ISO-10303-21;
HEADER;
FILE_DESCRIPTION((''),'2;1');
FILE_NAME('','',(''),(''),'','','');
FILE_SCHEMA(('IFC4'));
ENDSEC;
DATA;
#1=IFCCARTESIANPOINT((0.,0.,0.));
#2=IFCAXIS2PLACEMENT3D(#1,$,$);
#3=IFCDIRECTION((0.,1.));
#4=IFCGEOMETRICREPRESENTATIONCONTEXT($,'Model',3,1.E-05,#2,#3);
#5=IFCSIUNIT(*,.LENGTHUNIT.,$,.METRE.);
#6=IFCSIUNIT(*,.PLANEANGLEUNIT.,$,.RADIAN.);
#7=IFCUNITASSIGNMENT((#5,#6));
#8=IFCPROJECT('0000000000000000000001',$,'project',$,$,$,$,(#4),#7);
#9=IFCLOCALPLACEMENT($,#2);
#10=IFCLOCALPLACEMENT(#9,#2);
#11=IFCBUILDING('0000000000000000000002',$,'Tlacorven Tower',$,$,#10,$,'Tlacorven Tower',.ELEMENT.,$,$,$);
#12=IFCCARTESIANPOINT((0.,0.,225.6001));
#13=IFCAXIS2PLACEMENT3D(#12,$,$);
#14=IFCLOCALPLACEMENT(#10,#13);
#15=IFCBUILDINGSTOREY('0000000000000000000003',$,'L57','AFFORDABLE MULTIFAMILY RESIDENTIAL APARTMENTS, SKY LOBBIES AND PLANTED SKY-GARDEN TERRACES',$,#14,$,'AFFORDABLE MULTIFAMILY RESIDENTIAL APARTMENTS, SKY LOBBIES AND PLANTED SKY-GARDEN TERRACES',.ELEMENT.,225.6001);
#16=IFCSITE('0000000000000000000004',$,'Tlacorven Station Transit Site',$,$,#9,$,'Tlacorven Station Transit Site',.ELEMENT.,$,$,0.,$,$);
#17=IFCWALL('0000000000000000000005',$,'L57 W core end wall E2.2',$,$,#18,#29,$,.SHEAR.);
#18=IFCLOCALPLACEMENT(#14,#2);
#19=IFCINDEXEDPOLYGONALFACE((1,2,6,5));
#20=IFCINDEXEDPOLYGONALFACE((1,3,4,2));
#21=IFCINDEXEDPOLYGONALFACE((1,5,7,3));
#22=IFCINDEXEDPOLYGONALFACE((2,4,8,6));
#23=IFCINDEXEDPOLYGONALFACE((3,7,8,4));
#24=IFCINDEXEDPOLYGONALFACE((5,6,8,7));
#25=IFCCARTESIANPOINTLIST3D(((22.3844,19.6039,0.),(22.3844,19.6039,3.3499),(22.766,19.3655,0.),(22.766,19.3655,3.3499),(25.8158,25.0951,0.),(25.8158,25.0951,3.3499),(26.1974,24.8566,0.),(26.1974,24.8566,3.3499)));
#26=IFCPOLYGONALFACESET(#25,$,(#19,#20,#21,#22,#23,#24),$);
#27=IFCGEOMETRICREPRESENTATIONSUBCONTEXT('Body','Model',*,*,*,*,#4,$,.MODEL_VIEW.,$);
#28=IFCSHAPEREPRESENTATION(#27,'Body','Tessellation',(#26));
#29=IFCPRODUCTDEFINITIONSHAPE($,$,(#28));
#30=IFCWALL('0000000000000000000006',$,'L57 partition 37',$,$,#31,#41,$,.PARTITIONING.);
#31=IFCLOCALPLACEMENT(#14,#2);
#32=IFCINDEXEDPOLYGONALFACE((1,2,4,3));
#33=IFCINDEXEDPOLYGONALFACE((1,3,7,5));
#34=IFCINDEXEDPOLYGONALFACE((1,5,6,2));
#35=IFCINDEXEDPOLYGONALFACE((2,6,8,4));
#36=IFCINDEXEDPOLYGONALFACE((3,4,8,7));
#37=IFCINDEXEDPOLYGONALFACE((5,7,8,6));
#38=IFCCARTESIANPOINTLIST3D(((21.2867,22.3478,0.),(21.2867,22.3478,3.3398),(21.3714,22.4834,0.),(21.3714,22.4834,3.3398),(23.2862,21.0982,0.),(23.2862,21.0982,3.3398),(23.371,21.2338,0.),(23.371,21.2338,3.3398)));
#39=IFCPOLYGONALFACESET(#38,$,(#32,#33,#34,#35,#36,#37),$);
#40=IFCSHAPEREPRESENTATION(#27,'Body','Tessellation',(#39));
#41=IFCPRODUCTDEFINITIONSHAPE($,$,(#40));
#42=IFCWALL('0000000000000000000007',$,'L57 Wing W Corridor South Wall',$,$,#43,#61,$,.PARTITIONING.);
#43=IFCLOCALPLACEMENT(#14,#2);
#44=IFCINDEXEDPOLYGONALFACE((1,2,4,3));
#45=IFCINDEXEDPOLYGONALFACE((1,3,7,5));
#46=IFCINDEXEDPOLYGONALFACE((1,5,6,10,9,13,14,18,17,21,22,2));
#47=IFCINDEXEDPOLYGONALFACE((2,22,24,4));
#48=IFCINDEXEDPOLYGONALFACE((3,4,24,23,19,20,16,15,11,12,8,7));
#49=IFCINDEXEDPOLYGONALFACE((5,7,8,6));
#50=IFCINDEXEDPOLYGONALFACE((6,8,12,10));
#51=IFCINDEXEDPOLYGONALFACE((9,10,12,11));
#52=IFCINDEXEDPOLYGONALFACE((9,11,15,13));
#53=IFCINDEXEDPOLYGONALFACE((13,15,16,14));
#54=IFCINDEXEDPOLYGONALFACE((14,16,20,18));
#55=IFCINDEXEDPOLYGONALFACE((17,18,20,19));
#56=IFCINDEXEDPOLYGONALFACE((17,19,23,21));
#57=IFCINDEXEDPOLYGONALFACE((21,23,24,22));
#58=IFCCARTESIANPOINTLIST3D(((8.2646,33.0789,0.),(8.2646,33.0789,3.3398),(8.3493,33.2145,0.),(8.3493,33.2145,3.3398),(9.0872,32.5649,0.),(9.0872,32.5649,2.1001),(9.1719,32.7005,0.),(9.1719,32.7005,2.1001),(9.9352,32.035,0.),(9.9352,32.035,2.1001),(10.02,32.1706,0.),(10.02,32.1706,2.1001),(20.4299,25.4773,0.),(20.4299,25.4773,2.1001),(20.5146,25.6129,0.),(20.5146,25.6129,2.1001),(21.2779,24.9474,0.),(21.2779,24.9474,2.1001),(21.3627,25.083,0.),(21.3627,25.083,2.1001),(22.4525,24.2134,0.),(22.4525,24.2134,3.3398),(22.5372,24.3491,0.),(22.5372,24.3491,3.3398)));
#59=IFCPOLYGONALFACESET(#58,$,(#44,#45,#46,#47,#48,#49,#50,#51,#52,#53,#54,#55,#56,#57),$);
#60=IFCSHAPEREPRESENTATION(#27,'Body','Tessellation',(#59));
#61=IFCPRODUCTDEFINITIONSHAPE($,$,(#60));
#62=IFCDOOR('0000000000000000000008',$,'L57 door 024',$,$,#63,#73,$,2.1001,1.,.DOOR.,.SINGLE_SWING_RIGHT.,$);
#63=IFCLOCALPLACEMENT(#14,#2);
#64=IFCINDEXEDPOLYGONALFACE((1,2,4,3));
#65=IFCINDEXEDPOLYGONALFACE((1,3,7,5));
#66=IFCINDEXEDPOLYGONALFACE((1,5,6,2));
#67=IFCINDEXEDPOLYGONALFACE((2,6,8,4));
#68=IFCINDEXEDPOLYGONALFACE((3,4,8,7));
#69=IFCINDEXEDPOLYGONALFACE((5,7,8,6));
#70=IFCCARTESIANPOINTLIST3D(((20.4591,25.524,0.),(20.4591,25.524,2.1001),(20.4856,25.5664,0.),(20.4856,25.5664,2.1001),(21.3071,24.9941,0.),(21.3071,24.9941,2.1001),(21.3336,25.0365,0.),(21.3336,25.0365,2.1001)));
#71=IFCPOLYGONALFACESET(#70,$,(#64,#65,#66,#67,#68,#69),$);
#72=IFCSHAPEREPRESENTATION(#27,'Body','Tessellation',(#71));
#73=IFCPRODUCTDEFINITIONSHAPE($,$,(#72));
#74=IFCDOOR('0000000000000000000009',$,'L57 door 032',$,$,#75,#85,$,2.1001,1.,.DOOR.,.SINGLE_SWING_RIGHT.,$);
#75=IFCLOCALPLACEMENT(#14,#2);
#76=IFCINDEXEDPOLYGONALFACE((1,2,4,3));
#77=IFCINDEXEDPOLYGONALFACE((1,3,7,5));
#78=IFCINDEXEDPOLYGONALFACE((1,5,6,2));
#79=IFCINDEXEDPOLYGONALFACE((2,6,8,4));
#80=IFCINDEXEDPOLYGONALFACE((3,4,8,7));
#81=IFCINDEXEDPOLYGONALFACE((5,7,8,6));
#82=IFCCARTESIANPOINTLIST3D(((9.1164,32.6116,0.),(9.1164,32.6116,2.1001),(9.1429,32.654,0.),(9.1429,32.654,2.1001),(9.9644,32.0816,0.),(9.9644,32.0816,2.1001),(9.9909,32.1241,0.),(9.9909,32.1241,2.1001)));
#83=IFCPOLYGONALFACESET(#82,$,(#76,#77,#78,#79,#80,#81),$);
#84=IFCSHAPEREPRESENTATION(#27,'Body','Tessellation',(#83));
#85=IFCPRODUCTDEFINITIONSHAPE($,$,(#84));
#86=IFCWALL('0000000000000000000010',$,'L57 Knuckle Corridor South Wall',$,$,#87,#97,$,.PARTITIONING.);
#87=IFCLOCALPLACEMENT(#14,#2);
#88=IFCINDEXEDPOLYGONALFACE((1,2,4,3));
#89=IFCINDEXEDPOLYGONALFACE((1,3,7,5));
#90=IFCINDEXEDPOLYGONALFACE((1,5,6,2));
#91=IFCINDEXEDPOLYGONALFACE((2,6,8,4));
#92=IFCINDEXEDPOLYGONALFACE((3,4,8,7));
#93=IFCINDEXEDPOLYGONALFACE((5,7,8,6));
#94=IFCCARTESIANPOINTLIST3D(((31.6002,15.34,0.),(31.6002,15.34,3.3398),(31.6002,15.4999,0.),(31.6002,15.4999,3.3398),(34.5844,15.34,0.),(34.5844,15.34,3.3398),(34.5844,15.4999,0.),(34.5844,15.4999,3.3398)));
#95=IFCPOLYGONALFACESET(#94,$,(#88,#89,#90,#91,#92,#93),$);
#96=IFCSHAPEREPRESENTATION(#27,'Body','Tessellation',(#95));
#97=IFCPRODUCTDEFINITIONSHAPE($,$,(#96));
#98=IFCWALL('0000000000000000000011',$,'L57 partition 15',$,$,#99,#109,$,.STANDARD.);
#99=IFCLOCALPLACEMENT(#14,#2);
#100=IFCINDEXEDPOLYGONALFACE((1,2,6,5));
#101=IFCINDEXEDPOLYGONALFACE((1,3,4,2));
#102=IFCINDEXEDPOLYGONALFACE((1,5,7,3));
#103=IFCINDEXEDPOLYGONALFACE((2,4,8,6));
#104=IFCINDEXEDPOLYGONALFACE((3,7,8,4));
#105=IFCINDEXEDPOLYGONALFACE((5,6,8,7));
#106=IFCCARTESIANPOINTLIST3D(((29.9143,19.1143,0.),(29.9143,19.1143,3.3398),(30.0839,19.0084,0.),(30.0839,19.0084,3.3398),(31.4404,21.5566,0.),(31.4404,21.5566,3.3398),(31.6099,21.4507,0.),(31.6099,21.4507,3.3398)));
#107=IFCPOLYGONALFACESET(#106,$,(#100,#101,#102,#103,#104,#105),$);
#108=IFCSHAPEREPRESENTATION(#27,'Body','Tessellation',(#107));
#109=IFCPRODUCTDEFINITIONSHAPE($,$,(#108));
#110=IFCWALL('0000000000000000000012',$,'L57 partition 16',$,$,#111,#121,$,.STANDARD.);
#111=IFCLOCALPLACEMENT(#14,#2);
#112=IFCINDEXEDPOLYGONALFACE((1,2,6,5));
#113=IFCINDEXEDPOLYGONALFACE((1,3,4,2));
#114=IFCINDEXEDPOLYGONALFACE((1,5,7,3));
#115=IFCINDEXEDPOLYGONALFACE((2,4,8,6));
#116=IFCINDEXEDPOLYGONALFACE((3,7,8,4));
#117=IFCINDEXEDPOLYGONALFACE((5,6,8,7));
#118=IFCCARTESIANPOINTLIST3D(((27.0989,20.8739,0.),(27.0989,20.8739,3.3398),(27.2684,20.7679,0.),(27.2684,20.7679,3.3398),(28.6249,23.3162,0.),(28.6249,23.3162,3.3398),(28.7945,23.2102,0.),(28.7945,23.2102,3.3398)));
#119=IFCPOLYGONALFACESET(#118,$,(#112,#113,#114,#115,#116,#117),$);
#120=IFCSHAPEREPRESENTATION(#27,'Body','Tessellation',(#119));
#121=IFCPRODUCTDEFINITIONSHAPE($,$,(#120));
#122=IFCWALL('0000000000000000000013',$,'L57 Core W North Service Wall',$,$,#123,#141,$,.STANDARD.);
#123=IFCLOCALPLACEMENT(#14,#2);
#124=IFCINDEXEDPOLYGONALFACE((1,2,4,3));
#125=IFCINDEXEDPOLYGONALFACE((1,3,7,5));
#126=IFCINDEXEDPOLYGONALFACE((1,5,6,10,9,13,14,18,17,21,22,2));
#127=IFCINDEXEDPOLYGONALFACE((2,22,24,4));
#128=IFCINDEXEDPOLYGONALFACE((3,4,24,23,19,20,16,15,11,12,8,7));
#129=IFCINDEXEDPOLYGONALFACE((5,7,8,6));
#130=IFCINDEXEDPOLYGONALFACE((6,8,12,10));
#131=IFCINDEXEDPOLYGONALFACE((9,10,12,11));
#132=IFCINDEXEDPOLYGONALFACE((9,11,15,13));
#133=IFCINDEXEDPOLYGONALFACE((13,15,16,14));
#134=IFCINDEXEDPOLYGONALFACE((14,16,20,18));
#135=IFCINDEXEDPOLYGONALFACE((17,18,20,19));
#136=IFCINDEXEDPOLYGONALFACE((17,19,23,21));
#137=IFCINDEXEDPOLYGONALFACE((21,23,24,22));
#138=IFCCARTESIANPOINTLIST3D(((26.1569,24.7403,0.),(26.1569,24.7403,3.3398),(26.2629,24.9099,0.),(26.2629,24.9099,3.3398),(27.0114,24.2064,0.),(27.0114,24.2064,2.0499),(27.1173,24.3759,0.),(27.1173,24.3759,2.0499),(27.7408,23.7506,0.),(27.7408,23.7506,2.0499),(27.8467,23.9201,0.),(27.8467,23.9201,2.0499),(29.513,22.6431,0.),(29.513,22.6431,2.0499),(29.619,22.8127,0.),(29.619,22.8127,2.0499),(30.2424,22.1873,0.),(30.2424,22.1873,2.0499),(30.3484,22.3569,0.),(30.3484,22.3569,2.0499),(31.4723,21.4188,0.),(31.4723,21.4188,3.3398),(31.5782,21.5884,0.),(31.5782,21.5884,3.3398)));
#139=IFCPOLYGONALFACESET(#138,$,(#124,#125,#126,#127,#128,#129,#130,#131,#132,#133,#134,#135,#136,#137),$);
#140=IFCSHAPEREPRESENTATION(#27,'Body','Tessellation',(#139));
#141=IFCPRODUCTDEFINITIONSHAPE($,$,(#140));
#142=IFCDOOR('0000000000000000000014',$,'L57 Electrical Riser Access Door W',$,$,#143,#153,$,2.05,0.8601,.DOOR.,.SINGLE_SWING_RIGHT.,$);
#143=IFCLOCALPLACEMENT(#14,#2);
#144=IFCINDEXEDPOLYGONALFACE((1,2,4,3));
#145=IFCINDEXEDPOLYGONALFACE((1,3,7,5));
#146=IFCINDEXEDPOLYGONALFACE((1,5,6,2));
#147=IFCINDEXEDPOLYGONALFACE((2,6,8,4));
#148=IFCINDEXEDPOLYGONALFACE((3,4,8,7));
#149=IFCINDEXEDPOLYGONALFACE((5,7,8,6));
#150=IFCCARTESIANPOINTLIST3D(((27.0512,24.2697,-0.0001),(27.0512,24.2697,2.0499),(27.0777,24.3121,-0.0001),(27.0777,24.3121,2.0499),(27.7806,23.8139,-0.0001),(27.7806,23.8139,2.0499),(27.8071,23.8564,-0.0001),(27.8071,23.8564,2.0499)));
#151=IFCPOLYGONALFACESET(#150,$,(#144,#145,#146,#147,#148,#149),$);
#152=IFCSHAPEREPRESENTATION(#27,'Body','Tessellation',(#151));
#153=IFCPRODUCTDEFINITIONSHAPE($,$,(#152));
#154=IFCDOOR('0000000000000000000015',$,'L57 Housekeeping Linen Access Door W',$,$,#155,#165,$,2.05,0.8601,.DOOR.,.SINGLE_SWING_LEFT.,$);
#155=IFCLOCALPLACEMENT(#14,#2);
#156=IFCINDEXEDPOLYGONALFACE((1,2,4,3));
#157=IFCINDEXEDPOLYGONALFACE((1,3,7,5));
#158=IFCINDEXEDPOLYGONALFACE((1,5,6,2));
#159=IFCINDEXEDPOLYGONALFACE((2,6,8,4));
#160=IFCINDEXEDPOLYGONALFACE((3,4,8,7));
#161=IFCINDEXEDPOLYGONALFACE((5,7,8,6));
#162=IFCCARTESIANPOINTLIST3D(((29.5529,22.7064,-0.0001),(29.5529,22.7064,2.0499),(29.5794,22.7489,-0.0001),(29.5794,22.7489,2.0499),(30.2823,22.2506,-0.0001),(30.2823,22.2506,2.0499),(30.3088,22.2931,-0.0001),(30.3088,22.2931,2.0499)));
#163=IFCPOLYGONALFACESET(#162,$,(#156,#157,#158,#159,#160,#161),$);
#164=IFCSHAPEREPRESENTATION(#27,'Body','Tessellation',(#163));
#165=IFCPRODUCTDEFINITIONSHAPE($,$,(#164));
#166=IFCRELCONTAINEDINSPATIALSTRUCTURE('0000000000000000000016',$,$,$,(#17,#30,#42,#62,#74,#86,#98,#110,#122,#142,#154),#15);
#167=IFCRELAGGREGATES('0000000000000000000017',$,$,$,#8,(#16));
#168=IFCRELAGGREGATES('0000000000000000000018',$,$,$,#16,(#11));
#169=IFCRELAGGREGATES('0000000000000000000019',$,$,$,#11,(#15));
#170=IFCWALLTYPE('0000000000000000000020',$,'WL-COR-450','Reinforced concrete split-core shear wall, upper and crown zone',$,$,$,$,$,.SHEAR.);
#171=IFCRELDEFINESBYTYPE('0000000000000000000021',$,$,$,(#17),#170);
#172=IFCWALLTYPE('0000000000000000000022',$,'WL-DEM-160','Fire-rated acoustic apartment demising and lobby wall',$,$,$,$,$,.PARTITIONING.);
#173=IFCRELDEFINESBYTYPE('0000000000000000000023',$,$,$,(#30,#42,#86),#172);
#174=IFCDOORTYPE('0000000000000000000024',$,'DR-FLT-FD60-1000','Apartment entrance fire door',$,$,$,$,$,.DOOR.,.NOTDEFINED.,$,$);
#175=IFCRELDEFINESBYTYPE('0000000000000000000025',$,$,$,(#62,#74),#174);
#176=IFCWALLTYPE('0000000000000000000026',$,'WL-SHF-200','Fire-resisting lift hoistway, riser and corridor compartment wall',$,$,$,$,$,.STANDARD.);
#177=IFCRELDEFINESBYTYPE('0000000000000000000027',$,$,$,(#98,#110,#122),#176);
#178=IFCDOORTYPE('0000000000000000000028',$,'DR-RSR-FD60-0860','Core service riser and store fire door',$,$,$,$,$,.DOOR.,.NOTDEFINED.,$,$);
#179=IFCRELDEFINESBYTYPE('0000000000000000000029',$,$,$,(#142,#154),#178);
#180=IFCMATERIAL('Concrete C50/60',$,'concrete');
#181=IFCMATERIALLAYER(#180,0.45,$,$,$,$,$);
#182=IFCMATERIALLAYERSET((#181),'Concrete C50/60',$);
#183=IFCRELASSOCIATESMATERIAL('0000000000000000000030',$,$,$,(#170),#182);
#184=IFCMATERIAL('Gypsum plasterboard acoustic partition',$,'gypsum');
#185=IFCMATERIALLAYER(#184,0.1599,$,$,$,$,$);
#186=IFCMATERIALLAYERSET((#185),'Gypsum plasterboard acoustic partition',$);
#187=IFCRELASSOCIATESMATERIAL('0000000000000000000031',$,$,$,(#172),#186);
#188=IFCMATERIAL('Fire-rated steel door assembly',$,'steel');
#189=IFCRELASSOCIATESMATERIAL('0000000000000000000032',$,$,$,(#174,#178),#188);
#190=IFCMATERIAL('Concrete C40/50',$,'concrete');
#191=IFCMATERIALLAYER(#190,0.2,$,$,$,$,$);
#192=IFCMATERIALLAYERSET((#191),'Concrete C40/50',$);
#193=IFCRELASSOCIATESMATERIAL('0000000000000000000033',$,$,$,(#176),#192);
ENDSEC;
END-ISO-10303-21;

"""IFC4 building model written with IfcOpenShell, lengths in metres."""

from ifc_helpers import new_model, si_unit, direction, frame, frame_2d, origin, place, context, subcontext, project, spatial, rectangle, extrude, source, transform, mapped, material, layer, layer_set, type_object, element, fill, save


model = new_model("IFC4")

# Units and contexts
model_context = context("Model", 3, precision=1e-05, world=origin(), true_north=direction((0.0, 1.0)))
body_context = subcontext(model_context, "Body", "Model", "MODEL_VIEW")
ifc_project = project(units=[si_unit("LENGTHUNIT", "METRE"), si_unit("PLANEANGLEUNIT", "RADIAN")], contexts=[model_context])

# Site, building, storey
site_placement = place(None, origin())
site = spatial("IfcSite", under=ifc_project, at=site_placement, Name="Tlacorven Station Transit Site", LongName="Tlacorven Station Transit Site", CompositionType="ELEMENT", RefElevation=0.0)
building_placement = place(site_placement, origin())
building = spatial("IfcBuilding", under=site, at=building_placement, Name="Tlacorven Tower", LongName="Tlacorven Tower", CompositionType="ELEMENT")
storey_placement = place(building_placement, frame((0.0, 0.0, 225.6001)))
storey = spatial("IfcBuildingStorey", under=building, at=storey_placement, Name="L57", Description="AFFORDABLE MULTIFAMILY RESIDENTIAL APARTMENTS, SKY LOBBIES AND PLANTED SKY-GARDEN TERRACES", LongName="AFFORDABLE MULTIFAMILY RESIDENTIAL APARTMENTS, SKY LOBBIES AND PLANTED SKY-GARDEN TERRACES", CompositionType="ELEMENT", Elevation=225.6001)

# Walls
ifc_material_1 = material(Name="Concrete C50/60", Category="concrete")
ifc_layer_1 = layer(ifc_material_1, 0.45)
ifc_layer_set_1 = layer_set([ifc_layer_1], Name="Concrete C50/60")
wall_type_1 = type_object("IfcWallType", Name="WL-COR-450", Description="Reinforced concrete split-core shear wall, upper and crown zone", PredefinedType="SHEAR", material=ifc_layer_set_1)
wall_1_placement = place(storey_placement, frame((26.0066, 24.9758, 0.0), z_axis=(0.0, 0.0, 1.0), x_axis=(-0.529931, -0.848041, 0.0)))
element("IfcWall", 1, at=wall_1_placement, inside=storey, type_object=wall_type_1, Name="L57 W core end wall E2.2", PredefinedType="SHEAR", context=body_context, shape_type="SweptSolid", body=[
    extrude(rectangle(XDim=6.4751, YDim=0.45, at=frame_2d((3.2375, 0.0))), origin(), (0.0, 0.0, 1.0), 3.3499),
])
ifc_material_2 = material(Name="Gypsum plasterboard acoustic partition", Category="gypsum")
ifc_layer_2 = layer(ifc_material_2, 0.1599)
ifc_layer_set_2 = layer_set([ifc_layer_2], Name="Gypsum plasterboard acoustic partition")
wall_type_2 = type_object("IfcWallType", Name="WL-DEM-160", Description="Fire-rated acoustic apartment demising and lobby wall", PredefinedType="PARTITIONING", material=ifc_layer_set_2)
wall_2_placement = place(storey_placement, frame((23.3286, 21.166, 0.0), z_axis=(0.0, 0.0, 1.0), x_axis=(-0.848033, 0.529943, 0.0)))
element("IfcWall", 2, at=wall_2_placement, inside=storey, type_object=wall_type_2, Name="L57 partition 37", PredefinedType="PARTITIONING", context=body_context, shape_type="SweptSolid", body=[
    extrude(rectangle(XDim=2.3579, YDim=0.1599, at=frame_2d((1.179, 0.0))), origin(), (0.0, 0.0, 1.0), 3.3398),
])

# Wall, openings, doors
wall_3_placement = place(storey_placement, frame((22.4949, 24.2812, 0.0), z_axis=(0.0, 0.0, 1.0), x_axis=(-0.848052, 0.529912, 0.0)))
wall_3 = element("IfcWall", 3, at=wall_3_placement, inside=storey, type_object=wall_type_2, Name="L57 Wing W Corridor South Wall", PredefinedType="PARTITIONING", context=body_context, shape_type="SweptSolid", body=[
    extrude(rectangle(XDim=16.73, YDim=0.1599, at=frame_2d((8.365, 0.0))), origin(), (0.0, 0.0, 1.0), 3.3398),
])
opening_1_placement = place(wall_3_placement, frame((1.385, 0.0, 0.0)))
opening_1 = element("IfcOpeningElement", 4, at=opening_1_placement, cuts=wall_3, PredefinedType="OPENING", context=body_context, shape_type="SweptSolid", body=[
    extrude(rectangle(XDim=1.0, YDim=2.1001, at=frame_2d((0.5, 1.05))), frame((0.0, 0.0898, 0.0), z_axis=(0.0, -1.0, 0.0), x_axis=(1.0, 0.0, 0.0)), (0.0, 0.0, 1.0), 0.1799),
])
opening_2_placement = place(wall_3_placement, frame((14.76, 0.0, 0.0)))
opening_2 = element("IfcOpeningElement", 5, at=opening_2_placement, cuts=wall_3, PredefinedType="OPENING", context=body_context, shape_type="SweptSolid", body=[
    extrude(rectangle(XDim=1.0, YDim=2.1001, at=frame_2d((0.5, 1.05))), frame((0.0, 0.0898, 0.0), z_axis=(0.0, -1.0, 0.0), x_axis=(1.0, 0.0, 0.0)), (0.0, 0.0, 1.0), 0.1799),
])
ifc_material_3 = material(Name="Fire-rated steel door assembly", Category="steel")
door_type_1 = type_object("IfcDoorType", Name="DR-FLT-FD60-1000", Description="Apartment entrance fire door", OperationType="NOTDEFINED", PredefinedType="DOOR", material=ifc_material_3)
shared_shape_1 = source(origin(), body_context, "Body", "SweptSolid", [
    extrude(rectangle(XDim=1.0, YDim=2.1001, at=frame_2d((0.5, 1.05))), frame((0.0, 0.0249, 0.0), z_axis=(0.0, -1.0, 0.0), x_axis=(1.0, 0.0, 0.0)), (0.0, 0.0, 1.0), 0.05),
])
door_1_placement = place(opening_1_placement, origin())
door_1 = element("IfcDoor", 6, at=door_1_placement, inside=storey, type_object=door_type_1, Name="L57 door 024", OperationType="SINGLE_SWING_RIGHT", OverallHeight=2.1001, OverallWidth=1.0, PredefinedType="DOOR", context=body_context, shape_type="MappedRepresentation", body=[
    mapped(shared_shape_1, transform((0.0, 0.0, 0.0), scale=1.0)),
])
fill(opening_1, door_1)
door_2_placement = place(opening_2_placement, origin())
door_2 = element("IfcDoor", 7, at=door_2_placement, inside=storey, type_object=door_type_1, Name="L57 door 032", OperationType="SINGLE_SWING_RIGHT", OverallHeight=2.1001, OverallWidth=1.0, PredefinedType="DOOR", context=body_context, shape_type="MappedRepresentation", body=[
    mapped(shared_shape_1, transform((0.0, 0.0, 0.0), scale=1.0)),
])
fill(opening_2, door_2)

# Walls
wall_4_placement = place(storey_placement, frame((31.6001, 15.4199, 0.0), z_axis=(0.0, 0.0, 1.0), x_axis=(1.0, 0.0, 0.0)))
element("IfcWall", 8, at=wall_4_placement, inside=storey, type_object=wall_type_2, Name="L57 Knuckle Corridor South Wall", PredefinedType="PARTITIONING", context=body_context, shape_type="SweptSolid", body=[
    extrude(rectangle(XDim=2.9841, YDim=0.1599, at=frame_2d((1.4922, 0.0))), origin(), (0.0, 0.0, 1.0), 3.3398),
])
ifc_material_4 = material(Name="Concrete C40/50", Category="concrete")
ifc_layer_3 = layer(ifc_material_4, 0.2)
ifc_layer_set_3 = layer_set([ifc_layer_3], Name="Concrete C40/50")
wall_type_3 = type_object("IfcWallType", Name="WL-SHF-200", Description="Fire-resisting lift hoistway, riser and corridor compartment wall", PredefinedType="STANDARD", material=ifc_layer_set_3)
for number, where, z_axis, x_axis, name in (
    (9, (31.5251, 21.5037, 0.0), (0.0, 0.0, 1.0), (-0.529907, -0.848055, 0.0), "L57 partition 15"),
    (10, (28.7097, 23.2632, 0.0), (0.0, 0.0, 1.0), (-0.529907, -0.848055, 0.0), "L57 partition 16"),
):
    element("IfcWall", number, at=place(storey_placement, frame(where, z_axis=z_axis, x_axis=x_axis)), inside=storey, type_object=wall_type_3, Name=name, PredefinedType="STANDARD", context=body_context, shape_type="SweptSolid", body=[
        extrude(rectangle(XDim=2.8799, YDim=0.2, at=frame_2d((1.4399, 0.0))), origin(), (0.0, 0.0, 1.0), 3.3398),
    ])

# Wall, openings, doors
wall_5_placement = place(storey_placement, frame((31.5251, 21.5037, 0.0), z_axis=(0.0, 0.0, 1.0), x_axis=(-0.848042, 0.529929, 0.0)))
wall_5 = element("IfcWall", 11, at=wall_5_placement, inside=storey, type_object=wall_type_3, Name="L57 Core W North Service Wall", PredefinedType="STANDARD", context=body_context, shape_type="SweptSolid", body=[
    extrude(rectangle(XDim=6.2678, YDim=0.2, at=frame_2d((3.1338, 0.0))), origin(), (0.0, 0.0, 1.0), 3.3398),
])
opening_3_placement = place(wall_5_placement, frame((4.3999, 0.0, 0.0)))
opening_3 = element("IfcOpeningElement", 12, at=opening_3_placement, cuts=wall_5, PredefinedType="OPENING", context=body_context, shape_type="SweptSolid", body=[
    extrude(rectangle(XDim=0.8601, YDim=2.05, at=frame_2d((0.4302, 1.0249))), frame((0.0, 0.1099, 0.0), z_axis=(0.0, -1.0, 0.0), x_axis=(1.0, 0.0, 0.0)), (0.0, 0.0, 1.0), 0.22),
])
opening_4_placement = place(wall_5_placement, frame((1.45, 0.0, 0.0)))
opening_4 = element("IfcOpeningElement", 13, at=opening_4_placement, cuts=wall_5, PredefinedType="OPENING", context=body_context, shape_type="SweptSolid", body=[
    extrude(rectangle(XDim=0.8601, YDim=2.05, at=frame_2d((0.4302, 1.0249))), frame((0.0, 0.1099, 0.0), z_axis=(0.0, -1.0, 0.0), x_axis=(1.0, 0.0, 0.0)), (0.0, 0.0, 1.0), 0.22),
])
door_type_2 = type_object("IfcDoorType", Name="DR-RSR-FD60-0860", Description="Core service riser and store fire door", OperationType="NOTDEFINED", PredefinedType="DOOR", material=ifc_material_3)
shared_shape_2 = source(origin(), body_context, "Body", "SweptSolid", [
    extrude(rectangle(XDim=0.8601, YDim=2.05, at=frame_2d((0.4302, 1.0249))), frame((0.0, 0.0249, 0.0), z_axis=(0.0, -1.0, 0.0), x_axis=(1.0, 0.0, 0.0)), (0.0, 0.0, 1.0), 0.05),
])
door_3_placement = place(opening_3_placement, frame((0.8601, 0.0, 0.0), z_axis=(0.0, 0.0, 1.0), x_axis=(-1.0, 0.0, 0.0)))
door_3 = element("IfcDoor", 14, at=door_3_placement, inside=storey, type_object=door_type_2, Name="L57 Electrical Riser Access Door W", OperationType="SINGLE_SWING_RIGHT", OverallHeight=2.05, OverallWidth=0.8601, PredefinedType="DOOR", context=body_context, shape_type="MappedRepresentation", body=[
    mapped(shared_shape_2, transform((0.0, 0.0, 0.0), scale=1.0)),
])
fill(opening_3, door_3)
door_4_placement = place(opening_4_placement, frame((0.8601, 0.0, 0.0), z_axis=(0.0, 0.0, 1.0), x_axis=(-1.0, 0.0, 0.0)))
door_4 = element("IfcDoor", 15, at=door_4_placement, inside=storey, type_object=door_type_2, Name="L57 Housekeeping Linen Access Door W", OperationType="SINGLE_SWING_LEFT", OverallHeight=2.05, OverallWidth=0.8601, PredefinedType="DOOR", context=body_context, shape_type="MappedRepresentation", body=[
    mapped(shared_shape_2, transform((0.0, 0.0, 0.0), scale=1.0)),
])
fill(opening_4, door_4)

save(model, "model.ifc")
